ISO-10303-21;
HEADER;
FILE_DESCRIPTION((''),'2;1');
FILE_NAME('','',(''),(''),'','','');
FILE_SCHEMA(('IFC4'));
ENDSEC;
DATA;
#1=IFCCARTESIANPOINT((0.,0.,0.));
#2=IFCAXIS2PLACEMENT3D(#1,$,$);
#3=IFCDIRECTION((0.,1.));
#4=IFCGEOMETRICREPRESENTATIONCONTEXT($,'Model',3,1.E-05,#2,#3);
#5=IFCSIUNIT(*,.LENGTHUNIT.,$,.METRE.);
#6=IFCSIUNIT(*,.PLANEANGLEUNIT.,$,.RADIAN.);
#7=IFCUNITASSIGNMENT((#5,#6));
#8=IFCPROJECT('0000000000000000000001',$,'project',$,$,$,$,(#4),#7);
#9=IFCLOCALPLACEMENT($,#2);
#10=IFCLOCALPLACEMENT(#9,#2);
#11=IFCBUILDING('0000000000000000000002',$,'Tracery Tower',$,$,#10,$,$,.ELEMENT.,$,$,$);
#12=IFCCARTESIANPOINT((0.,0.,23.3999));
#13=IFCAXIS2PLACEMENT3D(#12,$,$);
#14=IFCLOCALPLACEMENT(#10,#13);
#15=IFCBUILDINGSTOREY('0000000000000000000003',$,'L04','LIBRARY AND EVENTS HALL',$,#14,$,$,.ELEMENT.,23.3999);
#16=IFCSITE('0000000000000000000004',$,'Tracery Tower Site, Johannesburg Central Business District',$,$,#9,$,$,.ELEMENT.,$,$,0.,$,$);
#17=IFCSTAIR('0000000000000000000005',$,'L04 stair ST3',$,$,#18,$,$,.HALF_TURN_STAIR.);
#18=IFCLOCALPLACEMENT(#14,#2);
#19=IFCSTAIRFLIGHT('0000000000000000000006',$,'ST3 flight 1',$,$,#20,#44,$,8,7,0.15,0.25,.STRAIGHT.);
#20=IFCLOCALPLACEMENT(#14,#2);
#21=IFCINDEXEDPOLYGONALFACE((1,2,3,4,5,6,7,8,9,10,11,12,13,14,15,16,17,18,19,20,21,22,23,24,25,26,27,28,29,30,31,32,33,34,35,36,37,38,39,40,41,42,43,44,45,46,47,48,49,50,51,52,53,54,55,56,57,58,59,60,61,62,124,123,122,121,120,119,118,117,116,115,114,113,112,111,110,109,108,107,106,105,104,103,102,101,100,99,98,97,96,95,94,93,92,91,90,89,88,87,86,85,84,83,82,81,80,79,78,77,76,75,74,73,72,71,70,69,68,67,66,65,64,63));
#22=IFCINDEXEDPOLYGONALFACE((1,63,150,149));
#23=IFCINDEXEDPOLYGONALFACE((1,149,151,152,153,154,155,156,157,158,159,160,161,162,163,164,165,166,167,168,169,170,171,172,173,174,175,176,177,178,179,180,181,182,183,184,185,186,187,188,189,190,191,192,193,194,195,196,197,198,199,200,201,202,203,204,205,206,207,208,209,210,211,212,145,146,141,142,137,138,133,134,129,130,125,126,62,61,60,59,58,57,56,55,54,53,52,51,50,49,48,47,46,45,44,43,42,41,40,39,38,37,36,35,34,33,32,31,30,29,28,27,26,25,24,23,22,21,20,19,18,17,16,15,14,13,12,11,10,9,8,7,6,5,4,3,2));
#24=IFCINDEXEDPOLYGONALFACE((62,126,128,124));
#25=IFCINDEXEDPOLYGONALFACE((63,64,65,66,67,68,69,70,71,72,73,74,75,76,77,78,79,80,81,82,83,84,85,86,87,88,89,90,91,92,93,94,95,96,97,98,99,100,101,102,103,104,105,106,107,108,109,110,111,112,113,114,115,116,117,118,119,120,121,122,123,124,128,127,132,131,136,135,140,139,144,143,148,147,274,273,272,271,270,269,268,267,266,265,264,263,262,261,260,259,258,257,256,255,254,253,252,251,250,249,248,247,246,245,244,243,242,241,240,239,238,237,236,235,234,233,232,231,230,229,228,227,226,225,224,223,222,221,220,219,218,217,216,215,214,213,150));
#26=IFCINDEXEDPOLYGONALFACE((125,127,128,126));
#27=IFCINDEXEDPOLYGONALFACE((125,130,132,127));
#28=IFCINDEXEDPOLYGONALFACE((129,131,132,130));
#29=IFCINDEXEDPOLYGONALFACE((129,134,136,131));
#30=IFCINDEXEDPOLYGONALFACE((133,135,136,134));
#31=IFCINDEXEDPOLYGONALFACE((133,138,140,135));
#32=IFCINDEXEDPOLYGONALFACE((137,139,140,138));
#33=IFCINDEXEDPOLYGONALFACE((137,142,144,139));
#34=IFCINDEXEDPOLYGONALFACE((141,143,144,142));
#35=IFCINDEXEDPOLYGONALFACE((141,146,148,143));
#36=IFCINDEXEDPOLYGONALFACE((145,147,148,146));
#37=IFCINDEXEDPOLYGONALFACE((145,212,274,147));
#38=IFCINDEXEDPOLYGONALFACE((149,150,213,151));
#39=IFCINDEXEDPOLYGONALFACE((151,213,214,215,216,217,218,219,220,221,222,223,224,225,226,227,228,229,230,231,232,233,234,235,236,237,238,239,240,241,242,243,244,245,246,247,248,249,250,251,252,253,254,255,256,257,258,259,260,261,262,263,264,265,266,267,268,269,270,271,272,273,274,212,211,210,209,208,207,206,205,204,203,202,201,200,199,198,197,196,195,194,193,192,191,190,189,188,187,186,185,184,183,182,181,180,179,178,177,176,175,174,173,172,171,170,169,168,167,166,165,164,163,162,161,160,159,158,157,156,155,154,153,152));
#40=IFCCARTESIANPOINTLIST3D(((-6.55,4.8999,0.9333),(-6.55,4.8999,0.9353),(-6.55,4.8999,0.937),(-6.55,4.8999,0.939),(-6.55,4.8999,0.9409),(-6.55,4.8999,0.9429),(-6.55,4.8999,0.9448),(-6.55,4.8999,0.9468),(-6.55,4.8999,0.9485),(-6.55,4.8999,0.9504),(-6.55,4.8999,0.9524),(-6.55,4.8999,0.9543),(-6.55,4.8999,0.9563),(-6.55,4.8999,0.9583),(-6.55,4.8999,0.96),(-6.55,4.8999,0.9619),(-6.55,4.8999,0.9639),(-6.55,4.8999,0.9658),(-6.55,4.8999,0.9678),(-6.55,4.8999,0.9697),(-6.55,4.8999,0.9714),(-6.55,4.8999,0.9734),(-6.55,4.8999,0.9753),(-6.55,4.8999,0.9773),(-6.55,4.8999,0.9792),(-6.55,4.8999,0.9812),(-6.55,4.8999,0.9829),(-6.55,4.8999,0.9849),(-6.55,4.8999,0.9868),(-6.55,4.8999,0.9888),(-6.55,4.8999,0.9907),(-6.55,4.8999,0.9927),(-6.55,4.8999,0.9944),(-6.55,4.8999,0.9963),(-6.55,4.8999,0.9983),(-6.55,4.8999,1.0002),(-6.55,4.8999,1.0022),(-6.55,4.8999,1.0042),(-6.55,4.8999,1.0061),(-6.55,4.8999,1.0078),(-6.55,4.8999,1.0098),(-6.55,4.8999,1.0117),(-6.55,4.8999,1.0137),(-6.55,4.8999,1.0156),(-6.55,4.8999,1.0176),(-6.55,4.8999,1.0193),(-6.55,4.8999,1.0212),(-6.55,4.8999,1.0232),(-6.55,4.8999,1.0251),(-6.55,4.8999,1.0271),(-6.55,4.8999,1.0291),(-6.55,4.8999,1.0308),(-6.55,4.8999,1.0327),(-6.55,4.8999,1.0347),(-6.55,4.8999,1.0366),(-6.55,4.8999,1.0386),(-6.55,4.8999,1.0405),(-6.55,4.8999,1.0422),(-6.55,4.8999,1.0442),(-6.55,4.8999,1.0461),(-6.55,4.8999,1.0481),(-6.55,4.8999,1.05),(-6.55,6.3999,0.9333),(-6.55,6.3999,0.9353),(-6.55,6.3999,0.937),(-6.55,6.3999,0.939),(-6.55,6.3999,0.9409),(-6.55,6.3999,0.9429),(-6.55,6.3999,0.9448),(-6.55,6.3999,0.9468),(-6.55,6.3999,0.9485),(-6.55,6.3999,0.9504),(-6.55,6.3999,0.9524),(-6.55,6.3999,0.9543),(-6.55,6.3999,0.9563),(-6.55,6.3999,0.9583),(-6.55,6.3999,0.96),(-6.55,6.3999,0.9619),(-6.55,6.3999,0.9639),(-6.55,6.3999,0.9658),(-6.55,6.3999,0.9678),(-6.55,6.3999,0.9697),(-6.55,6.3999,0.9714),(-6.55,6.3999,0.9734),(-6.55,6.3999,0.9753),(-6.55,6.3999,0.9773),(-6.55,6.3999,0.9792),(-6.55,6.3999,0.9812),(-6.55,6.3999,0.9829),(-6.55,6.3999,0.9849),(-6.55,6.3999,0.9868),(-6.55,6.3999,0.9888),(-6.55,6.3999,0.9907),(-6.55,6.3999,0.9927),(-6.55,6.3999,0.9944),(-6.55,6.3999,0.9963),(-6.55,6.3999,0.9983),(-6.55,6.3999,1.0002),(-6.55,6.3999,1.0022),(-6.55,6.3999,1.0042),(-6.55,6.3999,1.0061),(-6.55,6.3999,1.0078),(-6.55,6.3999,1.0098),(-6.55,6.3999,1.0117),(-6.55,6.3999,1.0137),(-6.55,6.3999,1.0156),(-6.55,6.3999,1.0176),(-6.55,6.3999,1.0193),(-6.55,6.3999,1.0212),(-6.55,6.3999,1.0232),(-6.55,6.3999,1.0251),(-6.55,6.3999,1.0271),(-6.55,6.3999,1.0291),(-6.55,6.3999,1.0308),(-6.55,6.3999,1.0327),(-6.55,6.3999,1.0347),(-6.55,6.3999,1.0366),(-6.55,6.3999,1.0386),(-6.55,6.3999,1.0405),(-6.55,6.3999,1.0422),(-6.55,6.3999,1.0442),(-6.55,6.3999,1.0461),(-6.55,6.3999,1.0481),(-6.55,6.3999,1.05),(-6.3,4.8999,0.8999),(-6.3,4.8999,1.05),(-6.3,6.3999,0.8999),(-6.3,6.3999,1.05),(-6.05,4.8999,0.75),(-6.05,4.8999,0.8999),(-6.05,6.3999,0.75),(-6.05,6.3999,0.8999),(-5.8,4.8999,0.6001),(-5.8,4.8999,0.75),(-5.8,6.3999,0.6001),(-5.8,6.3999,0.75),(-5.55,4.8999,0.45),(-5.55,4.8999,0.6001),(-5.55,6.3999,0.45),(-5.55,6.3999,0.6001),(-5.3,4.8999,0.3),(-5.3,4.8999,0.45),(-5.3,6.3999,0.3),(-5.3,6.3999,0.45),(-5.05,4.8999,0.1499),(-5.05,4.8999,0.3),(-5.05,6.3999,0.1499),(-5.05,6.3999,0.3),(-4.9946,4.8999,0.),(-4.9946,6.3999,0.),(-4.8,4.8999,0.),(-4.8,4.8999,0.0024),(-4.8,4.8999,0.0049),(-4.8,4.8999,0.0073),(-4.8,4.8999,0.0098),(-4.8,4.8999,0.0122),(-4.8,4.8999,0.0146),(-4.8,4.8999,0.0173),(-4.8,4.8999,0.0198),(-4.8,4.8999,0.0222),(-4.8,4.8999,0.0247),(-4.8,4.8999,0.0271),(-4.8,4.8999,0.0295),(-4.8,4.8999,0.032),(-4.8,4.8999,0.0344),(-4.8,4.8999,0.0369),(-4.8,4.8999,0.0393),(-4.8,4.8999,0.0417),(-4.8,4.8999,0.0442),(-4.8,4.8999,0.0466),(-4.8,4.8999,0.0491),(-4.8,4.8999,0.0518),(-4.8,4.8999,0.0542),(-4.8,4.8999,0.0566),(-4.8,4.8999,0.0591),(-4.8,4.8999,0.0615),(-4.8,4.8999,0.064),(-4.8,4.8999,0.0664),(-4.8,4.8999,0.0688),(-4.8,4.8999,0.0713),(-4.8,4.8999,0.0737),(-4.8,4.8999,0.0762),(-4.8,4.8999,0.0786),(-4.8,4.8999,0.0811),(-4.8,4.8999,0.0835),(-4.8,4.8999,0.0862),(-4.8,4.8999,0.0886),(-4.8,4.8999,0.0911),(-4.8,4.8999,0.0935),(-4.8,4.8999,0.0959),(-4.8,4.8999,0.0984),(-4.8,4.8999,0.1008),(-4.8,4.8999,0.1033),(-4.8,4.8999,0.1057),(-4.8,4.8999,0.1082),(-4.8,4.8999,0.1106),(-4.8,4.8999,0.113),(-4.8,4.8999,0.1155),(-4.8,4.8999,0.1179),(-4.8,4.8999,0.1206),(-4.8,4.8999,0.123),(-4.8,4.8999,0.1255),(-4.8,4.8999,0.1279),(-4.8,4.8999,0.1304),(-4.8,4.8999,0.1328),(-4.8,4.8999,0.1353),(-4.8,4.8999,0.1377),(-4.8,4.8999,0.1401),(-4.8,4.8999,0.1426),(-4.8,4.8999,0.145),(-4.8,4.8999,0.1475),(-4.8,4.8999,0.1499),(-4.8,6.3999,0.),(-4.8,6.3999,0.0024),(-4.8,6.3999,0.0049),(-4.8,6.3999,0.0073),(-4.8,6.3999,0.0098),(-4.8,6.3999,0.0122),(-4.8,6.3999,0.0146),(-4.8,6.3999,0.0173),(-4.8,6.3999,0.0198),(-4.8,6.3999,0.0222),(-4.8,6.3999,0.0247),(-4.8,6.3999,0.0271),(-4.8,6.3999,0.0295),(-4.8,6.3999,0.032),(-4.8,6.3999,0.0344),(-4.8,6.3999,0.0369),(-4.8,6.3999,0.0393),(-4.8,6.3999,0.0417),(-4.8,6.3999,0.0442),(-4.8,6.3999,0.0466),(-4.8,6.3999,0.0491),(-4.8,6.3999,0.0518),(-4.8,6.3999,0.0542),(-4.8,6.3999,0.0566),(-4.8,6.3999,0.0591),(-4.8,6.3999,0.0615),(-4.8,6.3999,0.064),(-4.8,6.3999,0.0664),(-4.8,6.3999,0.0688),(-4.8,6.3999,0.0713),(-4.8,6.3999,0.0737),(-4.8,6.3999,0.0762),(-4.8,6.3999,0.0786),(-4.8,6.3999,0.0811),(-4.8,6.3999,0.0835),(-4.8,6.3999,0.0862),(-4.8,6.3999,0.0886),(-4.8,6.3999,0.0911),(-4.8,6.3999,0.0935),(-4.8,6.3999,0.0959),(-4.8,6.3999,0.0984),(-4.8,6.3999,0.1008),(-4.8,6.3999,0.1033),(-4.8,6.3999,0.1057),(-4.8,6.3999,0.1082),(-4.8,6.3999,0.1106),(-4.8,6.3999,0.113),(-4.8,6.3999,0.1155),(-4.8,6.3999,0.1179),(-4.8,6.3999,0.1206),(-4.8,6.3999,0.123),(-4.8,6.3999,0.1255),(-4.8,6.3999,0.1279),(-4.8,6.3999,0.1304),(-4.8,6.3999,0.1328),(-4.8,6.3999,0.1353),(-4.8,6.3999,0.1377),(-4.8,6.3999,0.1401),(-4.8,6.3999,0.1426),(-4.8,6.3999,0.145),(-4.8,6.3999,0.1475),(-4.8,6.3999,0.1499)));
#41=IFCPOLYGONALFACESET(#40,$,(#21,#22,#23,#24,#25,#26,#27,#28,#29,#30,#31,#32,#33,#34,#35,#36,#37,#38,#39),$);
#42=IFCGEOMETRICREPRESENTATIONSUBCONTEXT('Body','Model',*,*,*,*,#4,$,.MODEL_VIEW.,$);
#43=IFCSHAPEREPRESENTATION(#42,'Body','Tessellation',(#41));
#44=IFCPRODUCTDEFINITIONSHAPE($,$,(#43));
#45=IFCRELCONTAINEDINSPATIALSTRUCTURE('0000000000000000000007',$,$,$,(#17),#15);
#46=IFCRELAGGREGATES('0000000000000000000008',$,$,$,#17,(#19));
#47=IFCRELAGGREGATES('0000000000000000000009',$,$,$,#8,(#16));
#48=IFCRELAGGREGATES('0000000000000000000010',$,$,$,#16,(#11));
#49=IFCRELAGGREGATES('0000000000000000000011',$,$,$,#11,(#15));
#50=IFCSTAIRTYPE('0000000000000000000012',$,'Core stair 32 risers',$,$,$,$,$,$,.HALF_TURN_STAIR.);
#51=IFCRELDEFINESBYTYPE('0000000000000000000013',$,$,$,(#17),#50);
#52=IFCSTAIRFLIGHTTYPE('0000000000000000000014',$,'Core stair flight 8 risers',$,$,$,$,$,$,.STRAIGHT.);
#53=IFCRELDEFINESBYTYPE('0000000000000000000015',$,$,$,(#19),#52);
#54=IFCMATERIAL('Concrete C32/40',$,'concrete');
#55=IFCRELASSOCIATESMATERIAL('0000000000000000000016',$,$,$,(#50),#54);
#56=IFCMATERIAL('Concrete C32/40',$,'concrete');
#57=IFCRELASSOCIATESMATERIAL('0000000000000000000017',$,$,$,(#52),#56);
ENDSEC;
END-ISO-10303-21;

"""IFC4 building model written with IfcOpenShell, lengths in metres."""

from ifc_helpers import new_model, si_unit, direction, frame, origin, place, context, subcontext, project, spatial, polyline, outline, extrude, material, type_object, element, aggregate, save


model = new_model("IFC4")

# Units and contexts
model_context = context("Model", 3, precision=1e-05, world=origin(), true_north=direction((0.0, 1.0)))
body_context = subcontext(model_context, "Body", "Model", "MODEL_VIEW")
ifc_project = project(units=[si_unit("LENGTHUNIT", "METRE"), si_unit("PLANEANGLEUNIT", "RADIAN")], contexts=[model_context])

# Site, building, storey
site_placement = place(None, origin())
site = spatial("IfcSite", under=ifc_project, at=site_placement, Name="Tracery Tower Site, Johannesburg Central Business District", CompositionType="ELEMENT", RefElevation=0.0)
building_placement = place(site_placement, origin())
building = spatial("IfcBuilding", under=site, at=building_placement, Name="Tracery Tower", CompositionType="ELEMENT")
storey_placement = place(building_placement, frame((0.0, 0.0, 23.3999)))
storey = spatial("IfcBuildingStorey", under=building, at=storey_placement, Name="L04", Description="LIBRARY AND EVENTS HALL", CompositionType="ELEMENT", Elevation=23.3999)

# Stair, stair flight
ifc_material_1 = material(Name="Concrete C32/40", Category="concrete")
stair_type = type_object("IfcStairType", Name="Core stair 32 risers", PredefinedType="HALF_TURN_STAIR", material=ifc_material_1)
stair_placement = place(storey_placement, origin())
stair = element("IfcStair", 1, at=stair_placement, inside=storey, type_object=stair_type, Name="L04 stair ST3", PredefinedType="HALF_TURN_STAIR")
ifc_material_2 = material(Name="Concrete C32/40", Category="concrete")
stair_flight_type = type_object("IfcStairFlightType", Name="Core stair flight 8 risers", PredefinedType="STRAIGHT", material=ifc_material_2)
stair_flight_1_placement = place(storey_placement, frame((-4.8, 5.6499, 0.0), z_axis=(0.0, 0.0, 1.0), x_axis=(-1.0, 0.0, 0.0)))
stair_flight_1 = element("IfcStairFlight", 2, at=stair_flight_1_placement, type_object=stair_flight_type, Name="ST3 flight 1", NumberOfRisers=8, NumberOfTreads=7, PredefinedType="STRAIGHT", RiserHeight=0.15, TreadLength=0.25, context=body_context, shape_type="SweptSolid", body=[
    extrude(outline(polyline([(0.0, 0.0), (0.0, 0.0024), (0.0, 0.0049), (0.0, 0.0073), (0.0, 0.0098), (0.0, 0.0122), (0.0, 0.0146), (0.0, 0.0173), (0.0, 0.0198), (0.0, 0.0222), (0.0, 0.0247), (0.0, 0.0271), (0.0, 0.0295), (0.0, 0.032), (0.0, 0.0344), (0.0, 0.0369), (0.0, 0.0393), (0.0, 0.0417), (0.0, 0.0442), (0.0, 0.0466), (0.0, 0.0491), (0.0, 0.0518), (0.0, 0.0542), (0.0, 0.0566), (0.0, 0.0591), (0.0, 0.0615), (0.0, 0.064), (0.0, 0.0664), (0.0, 0.0688), (0.0, 0.0713), (0.0, 0.0737), (0.0, 0.0762), (0.0, 0.0786), (0.0, 0.0811), (0.0, 0.0835), (0.0, 0.0862), (0.0, 0.0886), (0.0, 0.0911), (0.0, 0.0935), (0.0, 0.0959), (0.0, 0.0984), (0.0, 0.1008), (0.0, 0.1033), (0.0, 0.1057), (0.0, 0.1082), (0.0, 0.1106), (0.0, 0.113), (0.0, 0.1155), (0.0, 0.1179), (0.0, 0.1206), (0.0, 0.123), (0.0, 0.1255), (0.0, 0.1279), (0.0, 0.1304), (0.0, 0.1328), (0.0, 0.1353), (0.0, 0.1377), (0.0, 0.1401), (0.0, 0.1426), (0.0, 0.145), (0.0, 0.1475), (0.0, 0.1499), (0.25, 0.1499), (0.25, 0.3), (0.5, 0.3), (0.5, 0.45), (0.75, 0.45), (0.75, 0.6001), (1.0, 0.6001), (1.0, 0.75), (1.25, 0.75), (1.25, 0.8999), (1.5, 0.8999), (1.5, 1.05), (1.75, 1.05), (1.75, 1.0481), (1.75, 1.0461), (1.75, 1.0442), (1.75, 1.0422), (1.75, 1.0405), (1.75, 1.0386), (1.75, 1.0366), (1.75, 1.0347), (1.75, 1.0327), (1.75, 1.0308), (1.75, 1.0291), (1.75, 1.0271), (1.75, 1.0251), (1.75, 1.0232), (1.75, 1.0212), (1.75, 1.0193), (1.75, 1.0176), (1.75, 1.0156), (1.75, 1.0137), (1.75, 1.0117), (1.75, 1.0098), (1.75, 1.0078), (1.75, 1.0061), (1.75, 1.0042), (1.75, 1.0022), (1.75, 1.0002), (1.75, 0.9983), (1.75, 0.9963), (1.75, 0.9944), (1.75, 0.9927), (1.75, 0.9907), (1.75, 0.9888), (1.75, 0.9868), (1.75, 0.9849), (1.75, 0.9829), (1.75, 0.9812), (1.75, 0.9792), (1.75, 0.9773), (1.75, 0.9753), (1.75, 0.9734), (1.75, 0.9714), (1.75, 0.9697), (1.75, 0.9678), (1.75, 0.9658), (1.75, 0.9639), (1.75, 0.9619), (1.75, 0.96), (1.75, 0.9583), (1.75, 0.9563), (1.75, 0.9543), (1.75, 0.9524), (1.75, 0.9504), (1.75, 0.9485), (1.75, 0.9468), (1.75, 0.9448), (1.75, 0.9429), (1.75, 0.9409), (1.75, 0.939), (1.75, 0.937), (1.75, 0.9353), (1.75, 0.9333), (0.1946, 0.0), (0.0, 0.0)])), frame((0.0, 0.75, 0.0), z_axis=(0.0, -1.0, 0.0), x_axis=(1.0, 0.0, 0.0)), (0.0, 0.0, 1.0), 1.5),
])
aggregate(stair, [stair_flight_1])

save(model, "model.ifc")
